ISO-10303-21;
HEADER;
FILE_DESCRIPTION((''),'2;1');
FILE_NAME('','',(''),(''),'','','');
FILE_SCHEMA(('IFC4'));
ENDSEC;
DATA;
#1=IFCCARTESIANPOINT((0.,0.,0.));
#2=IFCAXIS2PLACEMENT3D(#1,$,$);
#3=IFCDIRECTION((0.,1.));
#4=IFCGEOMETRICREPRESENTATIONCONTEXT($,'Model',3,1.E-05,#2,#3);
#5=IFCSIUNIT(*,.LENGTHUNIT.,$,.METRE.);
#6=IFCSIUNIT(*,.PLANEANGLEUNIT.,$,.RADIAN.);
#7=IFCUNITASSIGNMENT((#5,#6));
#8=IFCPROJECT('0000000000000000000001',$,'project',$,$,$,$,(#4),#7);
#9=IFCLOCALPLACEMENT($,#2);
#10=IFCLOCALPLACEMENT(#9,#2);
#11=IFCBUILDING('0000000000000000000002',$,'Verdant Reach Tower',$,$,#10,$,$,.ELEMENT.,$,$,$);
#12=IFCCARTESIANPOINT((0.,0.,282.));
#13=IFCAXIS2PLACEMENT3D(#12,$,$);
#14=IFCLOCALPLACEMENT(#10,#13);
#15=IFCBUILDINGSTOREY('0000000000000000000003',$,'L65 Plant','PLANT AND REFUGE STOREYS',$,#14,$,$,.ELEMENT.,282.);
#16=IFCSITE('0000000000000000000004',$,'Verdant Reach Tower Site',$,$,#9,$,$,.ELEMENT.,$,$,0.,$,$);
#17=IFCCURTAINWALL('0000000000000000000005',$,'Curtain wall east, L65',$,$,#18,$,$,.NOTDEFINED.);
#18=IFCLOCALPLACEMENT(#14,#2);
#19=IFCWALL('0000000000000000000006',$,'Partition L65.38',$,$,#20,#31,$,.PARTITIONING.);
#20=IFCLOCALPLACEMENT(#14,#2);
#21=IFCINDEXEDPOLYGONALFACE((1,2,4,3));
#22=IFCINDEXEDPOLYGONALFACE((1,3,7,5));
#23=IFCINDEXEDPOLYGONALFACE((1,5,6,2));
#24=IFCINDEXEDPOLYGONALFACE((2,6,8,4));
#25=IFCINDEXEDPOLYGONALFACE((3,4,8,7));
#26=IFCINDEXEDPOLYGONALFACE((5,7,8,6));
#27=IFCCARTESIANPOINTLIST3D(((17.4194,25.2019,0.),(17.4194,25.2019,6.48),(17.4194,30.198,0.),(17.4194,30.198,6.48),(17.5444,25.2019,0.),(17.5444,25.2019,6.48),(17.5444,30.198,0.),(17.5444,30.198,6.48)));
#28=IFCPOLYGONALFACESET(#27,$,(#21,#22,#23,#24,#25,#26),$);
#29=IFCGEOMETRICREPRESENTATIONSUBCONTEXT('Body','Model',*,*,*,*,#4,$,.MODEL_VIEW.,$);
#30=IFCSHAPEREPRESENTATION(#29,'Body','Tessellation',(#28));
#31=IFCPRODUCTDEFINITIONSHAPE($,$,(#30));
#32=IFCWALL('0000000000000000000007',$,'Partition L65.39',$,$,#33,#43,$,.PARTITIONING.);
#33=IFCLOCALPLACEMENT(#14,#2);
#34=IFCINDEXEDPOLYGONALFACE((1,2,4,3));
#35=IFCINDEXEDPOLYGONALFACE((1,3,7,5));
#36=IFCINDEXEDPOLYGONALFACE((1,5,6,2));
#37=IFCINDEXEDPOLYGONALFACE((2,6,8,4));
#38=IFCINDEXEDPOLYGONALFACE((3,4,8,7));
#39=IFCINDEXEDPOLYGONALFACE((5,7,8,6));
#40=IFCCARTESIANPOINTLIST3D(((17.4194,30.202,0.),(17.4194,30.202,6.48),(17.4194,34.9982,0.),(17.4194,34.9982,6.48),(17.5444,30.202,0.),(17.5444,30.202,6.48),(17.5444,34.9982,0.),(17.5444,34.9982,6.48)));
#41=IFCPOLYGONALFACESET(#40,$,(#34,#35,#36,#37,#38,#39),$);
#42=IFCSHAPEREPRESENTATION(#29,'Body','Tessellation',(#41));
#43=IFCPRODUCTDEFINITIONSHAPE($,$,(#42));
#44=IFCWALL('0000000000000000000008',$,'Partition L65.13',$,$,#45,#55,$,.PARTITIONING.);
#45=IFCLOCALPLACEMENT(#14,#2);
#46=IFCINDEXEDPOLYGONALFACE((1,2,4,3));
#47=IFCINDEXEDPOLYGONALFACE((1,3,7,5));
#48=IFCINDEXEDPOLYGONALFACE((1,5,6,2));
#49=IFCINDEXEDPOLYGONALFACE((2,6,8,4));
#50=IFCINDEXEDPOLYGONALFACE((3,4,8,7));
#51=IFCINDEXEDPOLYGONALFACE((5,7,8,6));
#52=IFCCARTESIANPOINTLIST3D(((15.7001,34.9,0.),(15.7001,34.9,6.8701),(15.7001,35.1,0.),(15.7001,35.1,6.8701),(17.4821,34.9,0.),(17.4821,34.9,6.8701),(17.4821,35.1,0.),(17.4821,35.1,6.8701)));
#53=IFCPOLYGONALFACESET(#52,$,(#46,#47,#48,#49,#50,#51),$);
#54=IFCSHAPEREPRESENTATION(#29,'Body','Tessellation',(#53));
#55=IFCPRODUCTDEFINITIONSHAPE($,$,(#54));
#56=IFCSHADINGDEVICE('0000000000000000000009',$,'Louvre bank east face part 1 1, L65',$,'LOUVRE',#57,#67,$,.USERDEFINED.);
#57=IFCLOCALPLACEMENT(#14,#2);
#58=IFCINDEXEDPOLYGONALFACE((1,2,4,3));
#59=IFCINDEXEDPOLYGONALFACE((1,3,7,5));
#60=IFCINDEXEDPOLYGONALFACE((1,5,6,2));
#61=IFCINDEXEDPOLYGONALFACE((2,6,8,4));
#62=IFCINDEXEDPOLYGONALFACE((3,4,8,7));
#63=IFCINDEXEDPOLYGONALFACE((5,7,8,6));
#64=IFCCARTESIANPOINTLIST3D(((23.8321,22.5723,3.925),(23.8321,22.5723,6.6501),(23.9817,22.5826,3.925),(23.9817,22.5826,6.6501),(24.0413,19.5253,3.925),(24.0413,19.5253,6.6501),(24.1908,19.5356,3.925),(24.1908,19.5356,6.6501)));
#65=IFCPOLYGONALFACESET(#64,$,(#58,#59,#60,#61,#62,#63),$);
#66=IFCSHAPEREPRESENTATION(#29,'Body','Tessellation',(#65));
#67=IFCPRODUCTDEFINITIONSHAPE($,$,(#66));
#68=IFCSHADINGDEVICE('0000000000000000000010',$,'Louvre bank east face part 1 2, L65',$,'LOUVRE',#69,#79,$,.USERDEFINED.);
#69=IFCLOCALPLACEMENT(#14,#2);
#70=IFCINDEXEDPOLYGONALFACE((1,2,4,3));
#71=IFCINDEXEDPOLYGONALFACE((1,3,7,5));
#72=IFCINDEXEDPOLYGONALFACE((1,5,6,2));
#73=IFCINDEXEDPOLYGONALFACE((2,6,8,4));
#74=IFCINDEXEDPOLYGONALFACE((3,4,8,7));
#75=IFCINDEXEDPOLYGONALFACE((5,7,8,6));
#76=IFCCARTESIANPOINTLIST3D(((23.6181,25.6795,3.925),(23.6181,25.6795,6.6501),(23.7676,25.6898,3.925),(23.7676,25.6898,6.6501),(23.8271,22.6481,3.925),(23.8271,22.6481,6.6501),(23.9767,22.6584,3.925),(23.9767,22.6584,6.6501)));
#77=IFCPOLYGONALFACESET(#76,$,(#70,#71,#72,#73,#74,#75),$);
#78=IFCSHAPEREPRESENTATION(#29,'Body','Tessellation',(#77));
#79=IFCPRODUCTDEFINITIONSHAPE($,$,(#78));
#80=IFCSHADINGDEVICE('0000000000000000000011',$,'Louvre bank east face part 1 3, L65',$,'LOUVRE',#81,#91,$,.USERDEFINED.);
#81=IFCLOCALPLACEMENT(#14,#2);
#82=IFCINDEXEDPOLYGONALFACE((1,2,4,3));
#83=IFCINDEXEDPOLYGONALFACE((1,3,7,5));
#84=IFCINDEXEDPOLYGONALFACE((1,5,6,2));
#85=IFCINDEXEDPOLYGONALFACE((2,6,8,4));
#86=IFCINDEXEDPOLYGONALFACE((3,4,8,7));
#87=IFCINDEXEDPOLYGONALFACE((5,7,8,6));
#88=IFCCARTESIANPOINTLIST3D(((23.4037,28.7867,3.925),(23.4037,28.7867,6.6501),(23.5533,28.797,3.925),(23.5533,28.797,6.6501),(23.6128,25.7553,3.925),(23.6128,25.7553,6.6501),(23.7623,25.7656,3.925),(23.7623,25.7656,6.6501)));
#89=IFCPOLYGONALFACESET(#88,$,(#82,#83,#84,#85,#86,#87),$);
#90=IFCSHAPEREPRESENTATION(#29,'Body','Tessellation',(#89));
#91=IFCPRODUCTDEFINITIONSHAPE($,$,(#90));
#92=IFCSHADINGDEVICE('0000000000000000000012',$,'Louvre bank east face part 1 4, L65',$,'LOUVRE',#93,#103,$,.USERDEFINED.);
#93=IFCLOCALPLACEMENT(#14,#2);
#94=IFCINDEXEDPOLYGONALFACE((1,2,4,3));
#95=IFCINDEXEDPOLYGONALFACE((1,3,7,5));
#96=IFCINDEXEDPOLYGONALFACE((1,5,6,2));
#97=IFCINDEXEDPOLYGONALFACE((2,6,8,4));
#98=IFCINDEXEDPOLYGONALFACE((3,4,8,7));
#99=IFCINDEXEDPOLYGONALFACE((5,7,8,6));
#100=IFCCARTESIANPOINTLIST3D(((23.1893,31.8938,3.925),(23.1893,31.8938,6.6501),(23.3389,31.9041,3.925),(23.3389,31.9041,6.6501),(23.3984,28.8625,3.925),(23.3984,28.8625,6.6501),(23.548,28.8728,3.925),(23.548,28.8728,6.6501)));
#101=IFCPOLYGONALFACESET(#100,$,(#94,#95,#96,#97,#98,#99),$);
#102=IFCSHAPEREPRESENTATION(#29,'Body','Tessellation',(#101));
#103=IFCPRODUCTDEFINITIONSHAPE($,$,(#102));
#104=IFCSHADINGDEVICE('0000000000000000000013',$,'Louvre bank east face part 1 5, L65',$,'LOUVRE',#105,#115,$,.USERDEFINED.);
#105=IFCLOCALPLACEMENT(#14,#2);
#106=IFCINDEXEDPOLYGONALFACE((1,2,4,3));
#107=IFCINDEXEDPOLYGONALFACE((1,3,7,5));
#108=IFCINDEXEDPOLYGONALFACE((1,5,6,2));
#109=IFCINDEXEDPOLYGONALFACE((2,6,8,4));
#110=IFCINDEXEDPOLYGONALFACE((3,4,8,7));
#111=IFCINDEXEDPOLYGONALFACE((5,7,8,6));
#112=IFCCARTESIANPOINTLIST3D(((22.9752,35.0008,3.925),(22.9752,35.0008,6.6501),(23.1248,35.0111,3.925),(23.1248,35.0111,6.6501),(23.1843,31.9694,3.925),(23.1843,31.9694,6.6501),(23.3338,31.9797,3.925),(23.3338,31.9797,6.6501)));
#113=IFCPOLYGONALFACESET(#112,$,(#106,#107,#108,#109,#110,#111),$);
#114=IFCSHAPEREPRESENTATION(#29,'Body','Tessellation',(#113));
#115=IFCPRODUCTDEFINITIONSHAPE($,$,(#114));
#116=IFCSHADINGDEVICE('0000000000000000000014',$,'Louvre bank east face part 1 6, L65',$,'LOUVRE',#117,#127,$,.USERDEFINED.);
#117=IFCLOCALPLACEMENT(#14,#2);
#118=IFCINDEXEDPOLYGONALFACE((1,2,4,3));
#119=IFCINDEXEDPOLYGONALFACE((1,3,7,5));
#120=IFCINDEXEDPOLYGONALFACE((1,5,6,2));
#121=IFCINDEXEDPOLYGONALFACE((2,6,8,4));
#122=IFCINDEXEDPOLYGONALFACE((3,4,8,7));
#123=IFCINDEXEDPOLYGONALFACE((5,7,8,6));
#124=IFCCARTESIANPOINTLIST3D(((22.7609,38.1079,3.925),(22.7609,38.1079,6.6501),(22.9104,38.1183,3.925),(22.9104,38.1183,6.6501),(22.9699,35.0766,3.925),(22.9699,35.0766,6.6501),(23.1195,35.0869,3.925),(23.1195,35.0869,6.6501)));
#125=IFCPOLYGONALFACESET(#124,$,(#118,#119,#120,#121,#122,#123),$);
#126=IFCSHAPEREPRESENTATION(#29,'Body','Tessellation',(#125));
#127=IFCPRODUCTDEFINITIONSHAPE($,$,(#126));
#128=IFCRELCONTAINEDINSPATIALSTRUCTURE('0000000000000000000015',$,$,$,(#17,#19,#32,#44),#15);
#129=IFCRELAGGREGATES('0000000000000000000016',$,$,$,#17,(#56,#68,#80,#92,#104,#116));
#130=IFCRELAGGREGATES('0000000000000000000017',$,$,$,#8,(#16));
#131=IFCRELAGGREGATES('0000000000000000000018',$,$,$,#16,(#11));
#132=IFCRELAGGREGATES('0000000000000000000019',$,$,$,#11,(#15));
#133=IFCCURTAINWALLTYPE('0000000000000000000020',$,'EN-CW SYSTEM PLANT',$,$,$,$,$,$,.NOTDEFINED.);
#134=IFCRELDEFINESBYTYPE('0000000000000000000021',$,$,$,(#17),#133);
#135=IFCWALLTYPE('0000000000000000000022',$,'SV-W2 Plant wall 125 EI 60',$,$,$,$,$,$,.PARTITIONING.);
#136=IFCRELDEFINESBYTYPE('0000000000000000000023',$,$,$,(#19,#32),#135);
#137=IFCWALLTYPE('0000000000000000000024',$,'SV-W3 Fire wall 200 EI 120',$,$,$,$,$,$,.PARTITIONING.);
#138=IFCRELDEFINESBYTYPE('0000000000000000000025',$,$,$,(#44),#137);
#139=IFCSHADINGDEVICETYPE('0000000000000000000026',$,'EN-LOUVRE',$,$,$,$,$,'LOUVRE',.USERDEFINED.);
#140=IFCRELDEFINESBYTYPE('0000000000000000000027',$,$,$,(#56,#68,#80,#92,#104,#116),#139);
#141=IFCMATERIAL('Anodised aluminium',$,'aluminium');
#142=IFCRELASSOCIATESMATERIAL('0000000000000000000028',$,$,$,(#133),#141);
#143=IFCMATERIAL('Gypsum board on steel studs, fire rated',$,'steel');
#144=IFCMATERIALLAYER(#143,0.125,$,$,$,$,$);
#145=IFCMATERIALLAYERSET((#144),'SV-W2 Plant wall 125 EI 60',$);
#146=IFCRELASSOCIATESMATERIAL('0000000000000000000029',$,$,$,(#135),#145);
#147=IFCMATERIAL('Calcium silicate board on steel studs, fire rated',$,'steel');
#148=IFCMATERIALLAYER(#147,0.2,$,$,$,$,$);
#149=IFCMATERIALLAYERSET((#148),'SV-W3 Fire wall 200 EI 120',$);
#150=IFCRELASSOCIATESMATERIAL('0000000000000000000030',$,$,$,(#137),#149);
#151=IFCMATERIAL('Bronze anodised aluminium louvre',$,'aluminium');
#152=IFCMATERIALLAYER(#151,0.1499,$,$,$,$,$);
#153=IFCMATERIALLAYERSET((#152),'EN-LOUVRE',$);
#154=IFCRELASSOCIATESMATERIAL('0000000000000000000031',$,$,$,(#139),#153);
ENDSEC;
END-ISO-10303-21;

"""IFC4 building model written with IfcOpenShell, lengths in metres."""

from ifc_helpers import new_model, si_unit, direction, frame, frame_2d, origin, origin_2d, place, context, subcontext, project, spatial, rectangle, extrude, material, layer, layer_set, type_object, element, aggregate, save


model = new_model("IFC4")

# Units and contexts
model_context = context("Model", 3, precision=1e-05, world=origin(), true_north=direction((0.0, 1.0)))
body_context = subcontext(model_context, "Body", "Model", "MODEL_VIEW")
ifc_project = project(units=[si_unit("LENGTHUNIT", "METRE"), si_unit("PLANEANGLEUNIT", "RADIAN")], contexts=[model_context])

# Site, building, storey
site_placement = place(None, origin())
site = spatial("IfcSite", under=ifc_project, at=site_placement, Name="Verdant Reach Tower Site", CompositionType="ELEMENT", RefElevation=0.0)
building_placement = place(site_placement, origin())
building = spatial("IfcBuilding", under=site, at=building_placement, Name="Verdant Reach Tower", CompositionType="ELEMENT")
storey_placement = place(building_placement, frame((0.0, 0.0, 282.0)))
storey = spatial("IfcBuildingStorey", under=building, at=storey_placement, Name="L65 Plant", Description="PLANT AND REFUGE STOREYS", CompositionType="ELEMENT", Elevation=282.0)

# Curtain wall
ifc_material_1 = material(Name="Anodised aluminium", Category="aluminium")
curtain_wall_type = type_object("IfcCurtainWallType", Name="EN-CW SYSTEM PLANT", PredefinedType="NOTDEFINED", material=ifc_material_1)
curtain_wall_placement = place(storey_placement, origin())
curtain_wall = element("IfcCurtainWall", 1, at=curtain_wall_placement, inside=storey, type_object=curtain_wall_type, Name="Curtain wall east, L65", PredefinedType="NOTDEFINED")

# Walls
ifc_material_2 = material(Name="Gypsum board on steel studs, fire rated", Category="steel")
ifc_layer_1 = layer(ifc_material_2, 0.125)
ifc_layer_set_1 = layer_set([ifc_layer_1], Name="SV-W2 Plant wall 125 EI 60")
wall_type_1 = type_object("IfcWallType", Name="SV-W2 Plant wall 125 EI 60", PredefinedType="PARTITIONING", material=ifc_layer_set_1)
wall_1_placement = place(storey_placement, frame((17.4819, 30.198, 0.0), z_axis=(0.0, 0.0, 1.0), x_axis=(0.0, -1.0, 0.0)))
element("IfcWall", 2, at=wall_1_placement, inside=storey, type_object=wall_type_1, Name="Partition L65.38", PredefinedType="PARTITIONING", context=body_context, shape_type="SweptSolid", body=[
    extrude(rectangle(XDim=4.9961, YDim=0.125, at=frame_2d((2.498, 0.0))), origin(), (0.0, 0.0, 1.0), 6.48),
])
wall_2_placement = place(storey_placement, frame((17.4819, 34.998, 0.0), z_axis=(0.0, 0.0, 1.0), x_axis=(0.0, -1.0, 0.0)))
element("IfcWall", 3, at=wall_2_placement, inside=storey, type_object=wall_type_1, Name="Partition L65.39", PredefinedType="PARTITIONING", context=body_context, shape_type="SweptSolid", body=[
    extrude(rectangle(XDim=4.7961, YDim=0.125, at=frame_2d((2.3979, 0.0))), origin(), (0.0, 0.0, 1.0), 6.48),
])
ifc_material_3 = material(Name="Calcium silicate board on steel studs, fire rated", Category="steel")
ifc_layer_2 = layer(ifc_material_3, 0.2)
ifc_layer_set_2 = layer_set([ifc_layer_2], Name="SV-W3 Fire wall 200 EI 120")
wall_type_2 = type_object("IfcWallType", Name="SV-W3 Fire wall 200 EI 120", PredefinedType="PARTITIONING", material=ifc_layer_set_2)
wall_3_placement = place(storey_placement, frame((15.7, 35.0, 0.0), z_axis=(0.0, 0.0, 1.0), x_axis=(1.0, 0.0, 0.0)))
element("IfcWall", 4, at=wall_3_placement, inside=storey, type_object=wall_type_2, Name="Partition L65.13", PredefinedType="PARTITIONING", context=body_context, shape_type="SweptSolid", body=[
    extrude(rectangle(XDim=1.782, YDim=0.2, at=frame_2d((0.8911, 0.0))), origin(), (0.0, 0.0, 1.0), 6.8701),
])

# Shading devices
ifc_material_4 = material(Name="Bronze anodised aluminium louvre", Category="aluminium")
ifc_layer_3 = layer(ifc_material_4, 0.1499)
ifc_layer_set_3 = layer_set([ifc_layer_3], Name="EN-LOUVRE")
shading_device_type = type_object("IfcShadingDeviceType", Name="EN-LOUVRE", ElementType="LOUVRE", PredefinedType="USERDEFINED", material=ifc_layer_set_3)
shading_device_1_placement = place(storey_placement, frame((24.0115, 21.054, 3.925), z_axis=(0.0, 0.0, 1.0), x_axis=(-0.068469, 0.997653, 0.0)))
shading_device_1 = element("IfcShadingDevice", 5, at=shading_device_1_placement, type_object=shading_device_type, Name="Louvre bank east face part 1 1, L65", ObjectType="LOUVRE", PredefinedType="USERDEFINED", context=body_context, shape_type="SweptSolid", body=[
    extrude(rectangle(XDim=3.0542, YDim=0.1499, at=origin_2d()), origin(), (0.0, 0.0, 1.0), 2.7251),
])
shading_device_2_placement = place(storey_placement, frame((23.7974, 24.1689, 3.925), z_axis=(0.0, 0.0, 1.0), x_axis=(-0.068802, 0.99763, 0.0)))
shading_device_2 = element("IfcShadingDevice", 6, at=shading_device_2_placement, type_object=shading_device_type, Name="Louvre bank east face part 1 2, L65", ObjectType="LOUVRE", PredefinedType="USERDEFINED", context=body_context, shape_type="SweptSolid", body=[
    extrude(rectangle(XDim=3.0386, YDim=0.1499, at=origin_2d()), origin(), (0.0, 0.0, 1.0), 2.7251),
])
shading_device_3_placement = place(storey_placement, frame((23.583, 27.2761, 3.925), z_axis=(0.0, 0.0, 1.0), x_axis=(-0.068802, 0.99763, 0.0)))
shading_device_3 = element("IfcShadingDevice", 7, at=shading_device_3_placement, type_object=shading_device_type, Name="Louvre bank east face part 1 3, L65", ObjectType="LOUVRE", PredefinedType="USERDEFINED", context=body_context, shape_type="SweptSolid", body=[
    extrude(rectangle(XDim=3.0386, YDim=0.1499, at=origin_2d()), origin(), (0.0, 0.0, 1.0), 2.7251),
])
shading_device_4_placement = place(storey_placement, frame((23.3687, 30.3833, 3.925), z_axis=(0.0, 0.0, 1.0), x_axis=(-0.068802, 0.99763, 0.0)))
shading_device_4 = element("IfcShadingDevice", 8, at=shading_device_4_placement, type_object=shading_device_type, Name="Louvre bank east face part 1 4, L65", ObjectType="LOUVRE", PredefinedType="USERDEFINED", context=body_context, shape_type="SweptSolid", body=[
    extrude(rectangle(XDim=3.0386, YDim=0.1499, at=origin_2d()), origin(), (0.0, 0.0, 1.0), 2.7251),
])
shading_device_5_placement = place(storey_placement, frame((23.1545, 33.4902, 3.925), z_axis=(0.0, 0.0, 1.0), x_axis=(-0.068802, 0.99763, 0.0)))
shading_device_5 = element("IfcShadingDevice", 9, at=shading_device_5_placement, type_object=shading_device_type, Name="Louvre bank east face part 1 5, L65", ObjectType="LOUVRE", PredefinedType="USERDEFINED", context=body_context, shape_type="SweptSolid", body=[
    extrude(rectangle(XDim=3.0386, YDim=0.1499, at=origin_2d()), origin(), (0.0, 0.0, 1.0), 2.7251),
])
shading_device_6_placement = place(storey_placement, frame((22.9402, 36.5974, 3.925), z_axis=(0.0, 0.0, 1.0), x_axis=(-0.068802, 0.99763, 0.0)))
shading_device_6 = element("IfcShadingDevice", 10, at=shading_device_6_placement, type_object=shading_device_type, Name="Louvre bank east face part 1 6, L65", ObjectType="LOUVRE", PredefinedType="USERDEFINED", context=body_context, shape_type="SweptSolid", body=[
    extrude(rectangle(XDim=3.0386, YDim=0.1499, at=origin_2d()), origin(), (0.0, 0.0, 1.0), 2.7251),
])
aggregate(curtain_wall, [shading_device_1, shading_device_2, shading_device_3, shading_device_4, shading_device_5, shading_device_6])

save(model, "model.ifc")
